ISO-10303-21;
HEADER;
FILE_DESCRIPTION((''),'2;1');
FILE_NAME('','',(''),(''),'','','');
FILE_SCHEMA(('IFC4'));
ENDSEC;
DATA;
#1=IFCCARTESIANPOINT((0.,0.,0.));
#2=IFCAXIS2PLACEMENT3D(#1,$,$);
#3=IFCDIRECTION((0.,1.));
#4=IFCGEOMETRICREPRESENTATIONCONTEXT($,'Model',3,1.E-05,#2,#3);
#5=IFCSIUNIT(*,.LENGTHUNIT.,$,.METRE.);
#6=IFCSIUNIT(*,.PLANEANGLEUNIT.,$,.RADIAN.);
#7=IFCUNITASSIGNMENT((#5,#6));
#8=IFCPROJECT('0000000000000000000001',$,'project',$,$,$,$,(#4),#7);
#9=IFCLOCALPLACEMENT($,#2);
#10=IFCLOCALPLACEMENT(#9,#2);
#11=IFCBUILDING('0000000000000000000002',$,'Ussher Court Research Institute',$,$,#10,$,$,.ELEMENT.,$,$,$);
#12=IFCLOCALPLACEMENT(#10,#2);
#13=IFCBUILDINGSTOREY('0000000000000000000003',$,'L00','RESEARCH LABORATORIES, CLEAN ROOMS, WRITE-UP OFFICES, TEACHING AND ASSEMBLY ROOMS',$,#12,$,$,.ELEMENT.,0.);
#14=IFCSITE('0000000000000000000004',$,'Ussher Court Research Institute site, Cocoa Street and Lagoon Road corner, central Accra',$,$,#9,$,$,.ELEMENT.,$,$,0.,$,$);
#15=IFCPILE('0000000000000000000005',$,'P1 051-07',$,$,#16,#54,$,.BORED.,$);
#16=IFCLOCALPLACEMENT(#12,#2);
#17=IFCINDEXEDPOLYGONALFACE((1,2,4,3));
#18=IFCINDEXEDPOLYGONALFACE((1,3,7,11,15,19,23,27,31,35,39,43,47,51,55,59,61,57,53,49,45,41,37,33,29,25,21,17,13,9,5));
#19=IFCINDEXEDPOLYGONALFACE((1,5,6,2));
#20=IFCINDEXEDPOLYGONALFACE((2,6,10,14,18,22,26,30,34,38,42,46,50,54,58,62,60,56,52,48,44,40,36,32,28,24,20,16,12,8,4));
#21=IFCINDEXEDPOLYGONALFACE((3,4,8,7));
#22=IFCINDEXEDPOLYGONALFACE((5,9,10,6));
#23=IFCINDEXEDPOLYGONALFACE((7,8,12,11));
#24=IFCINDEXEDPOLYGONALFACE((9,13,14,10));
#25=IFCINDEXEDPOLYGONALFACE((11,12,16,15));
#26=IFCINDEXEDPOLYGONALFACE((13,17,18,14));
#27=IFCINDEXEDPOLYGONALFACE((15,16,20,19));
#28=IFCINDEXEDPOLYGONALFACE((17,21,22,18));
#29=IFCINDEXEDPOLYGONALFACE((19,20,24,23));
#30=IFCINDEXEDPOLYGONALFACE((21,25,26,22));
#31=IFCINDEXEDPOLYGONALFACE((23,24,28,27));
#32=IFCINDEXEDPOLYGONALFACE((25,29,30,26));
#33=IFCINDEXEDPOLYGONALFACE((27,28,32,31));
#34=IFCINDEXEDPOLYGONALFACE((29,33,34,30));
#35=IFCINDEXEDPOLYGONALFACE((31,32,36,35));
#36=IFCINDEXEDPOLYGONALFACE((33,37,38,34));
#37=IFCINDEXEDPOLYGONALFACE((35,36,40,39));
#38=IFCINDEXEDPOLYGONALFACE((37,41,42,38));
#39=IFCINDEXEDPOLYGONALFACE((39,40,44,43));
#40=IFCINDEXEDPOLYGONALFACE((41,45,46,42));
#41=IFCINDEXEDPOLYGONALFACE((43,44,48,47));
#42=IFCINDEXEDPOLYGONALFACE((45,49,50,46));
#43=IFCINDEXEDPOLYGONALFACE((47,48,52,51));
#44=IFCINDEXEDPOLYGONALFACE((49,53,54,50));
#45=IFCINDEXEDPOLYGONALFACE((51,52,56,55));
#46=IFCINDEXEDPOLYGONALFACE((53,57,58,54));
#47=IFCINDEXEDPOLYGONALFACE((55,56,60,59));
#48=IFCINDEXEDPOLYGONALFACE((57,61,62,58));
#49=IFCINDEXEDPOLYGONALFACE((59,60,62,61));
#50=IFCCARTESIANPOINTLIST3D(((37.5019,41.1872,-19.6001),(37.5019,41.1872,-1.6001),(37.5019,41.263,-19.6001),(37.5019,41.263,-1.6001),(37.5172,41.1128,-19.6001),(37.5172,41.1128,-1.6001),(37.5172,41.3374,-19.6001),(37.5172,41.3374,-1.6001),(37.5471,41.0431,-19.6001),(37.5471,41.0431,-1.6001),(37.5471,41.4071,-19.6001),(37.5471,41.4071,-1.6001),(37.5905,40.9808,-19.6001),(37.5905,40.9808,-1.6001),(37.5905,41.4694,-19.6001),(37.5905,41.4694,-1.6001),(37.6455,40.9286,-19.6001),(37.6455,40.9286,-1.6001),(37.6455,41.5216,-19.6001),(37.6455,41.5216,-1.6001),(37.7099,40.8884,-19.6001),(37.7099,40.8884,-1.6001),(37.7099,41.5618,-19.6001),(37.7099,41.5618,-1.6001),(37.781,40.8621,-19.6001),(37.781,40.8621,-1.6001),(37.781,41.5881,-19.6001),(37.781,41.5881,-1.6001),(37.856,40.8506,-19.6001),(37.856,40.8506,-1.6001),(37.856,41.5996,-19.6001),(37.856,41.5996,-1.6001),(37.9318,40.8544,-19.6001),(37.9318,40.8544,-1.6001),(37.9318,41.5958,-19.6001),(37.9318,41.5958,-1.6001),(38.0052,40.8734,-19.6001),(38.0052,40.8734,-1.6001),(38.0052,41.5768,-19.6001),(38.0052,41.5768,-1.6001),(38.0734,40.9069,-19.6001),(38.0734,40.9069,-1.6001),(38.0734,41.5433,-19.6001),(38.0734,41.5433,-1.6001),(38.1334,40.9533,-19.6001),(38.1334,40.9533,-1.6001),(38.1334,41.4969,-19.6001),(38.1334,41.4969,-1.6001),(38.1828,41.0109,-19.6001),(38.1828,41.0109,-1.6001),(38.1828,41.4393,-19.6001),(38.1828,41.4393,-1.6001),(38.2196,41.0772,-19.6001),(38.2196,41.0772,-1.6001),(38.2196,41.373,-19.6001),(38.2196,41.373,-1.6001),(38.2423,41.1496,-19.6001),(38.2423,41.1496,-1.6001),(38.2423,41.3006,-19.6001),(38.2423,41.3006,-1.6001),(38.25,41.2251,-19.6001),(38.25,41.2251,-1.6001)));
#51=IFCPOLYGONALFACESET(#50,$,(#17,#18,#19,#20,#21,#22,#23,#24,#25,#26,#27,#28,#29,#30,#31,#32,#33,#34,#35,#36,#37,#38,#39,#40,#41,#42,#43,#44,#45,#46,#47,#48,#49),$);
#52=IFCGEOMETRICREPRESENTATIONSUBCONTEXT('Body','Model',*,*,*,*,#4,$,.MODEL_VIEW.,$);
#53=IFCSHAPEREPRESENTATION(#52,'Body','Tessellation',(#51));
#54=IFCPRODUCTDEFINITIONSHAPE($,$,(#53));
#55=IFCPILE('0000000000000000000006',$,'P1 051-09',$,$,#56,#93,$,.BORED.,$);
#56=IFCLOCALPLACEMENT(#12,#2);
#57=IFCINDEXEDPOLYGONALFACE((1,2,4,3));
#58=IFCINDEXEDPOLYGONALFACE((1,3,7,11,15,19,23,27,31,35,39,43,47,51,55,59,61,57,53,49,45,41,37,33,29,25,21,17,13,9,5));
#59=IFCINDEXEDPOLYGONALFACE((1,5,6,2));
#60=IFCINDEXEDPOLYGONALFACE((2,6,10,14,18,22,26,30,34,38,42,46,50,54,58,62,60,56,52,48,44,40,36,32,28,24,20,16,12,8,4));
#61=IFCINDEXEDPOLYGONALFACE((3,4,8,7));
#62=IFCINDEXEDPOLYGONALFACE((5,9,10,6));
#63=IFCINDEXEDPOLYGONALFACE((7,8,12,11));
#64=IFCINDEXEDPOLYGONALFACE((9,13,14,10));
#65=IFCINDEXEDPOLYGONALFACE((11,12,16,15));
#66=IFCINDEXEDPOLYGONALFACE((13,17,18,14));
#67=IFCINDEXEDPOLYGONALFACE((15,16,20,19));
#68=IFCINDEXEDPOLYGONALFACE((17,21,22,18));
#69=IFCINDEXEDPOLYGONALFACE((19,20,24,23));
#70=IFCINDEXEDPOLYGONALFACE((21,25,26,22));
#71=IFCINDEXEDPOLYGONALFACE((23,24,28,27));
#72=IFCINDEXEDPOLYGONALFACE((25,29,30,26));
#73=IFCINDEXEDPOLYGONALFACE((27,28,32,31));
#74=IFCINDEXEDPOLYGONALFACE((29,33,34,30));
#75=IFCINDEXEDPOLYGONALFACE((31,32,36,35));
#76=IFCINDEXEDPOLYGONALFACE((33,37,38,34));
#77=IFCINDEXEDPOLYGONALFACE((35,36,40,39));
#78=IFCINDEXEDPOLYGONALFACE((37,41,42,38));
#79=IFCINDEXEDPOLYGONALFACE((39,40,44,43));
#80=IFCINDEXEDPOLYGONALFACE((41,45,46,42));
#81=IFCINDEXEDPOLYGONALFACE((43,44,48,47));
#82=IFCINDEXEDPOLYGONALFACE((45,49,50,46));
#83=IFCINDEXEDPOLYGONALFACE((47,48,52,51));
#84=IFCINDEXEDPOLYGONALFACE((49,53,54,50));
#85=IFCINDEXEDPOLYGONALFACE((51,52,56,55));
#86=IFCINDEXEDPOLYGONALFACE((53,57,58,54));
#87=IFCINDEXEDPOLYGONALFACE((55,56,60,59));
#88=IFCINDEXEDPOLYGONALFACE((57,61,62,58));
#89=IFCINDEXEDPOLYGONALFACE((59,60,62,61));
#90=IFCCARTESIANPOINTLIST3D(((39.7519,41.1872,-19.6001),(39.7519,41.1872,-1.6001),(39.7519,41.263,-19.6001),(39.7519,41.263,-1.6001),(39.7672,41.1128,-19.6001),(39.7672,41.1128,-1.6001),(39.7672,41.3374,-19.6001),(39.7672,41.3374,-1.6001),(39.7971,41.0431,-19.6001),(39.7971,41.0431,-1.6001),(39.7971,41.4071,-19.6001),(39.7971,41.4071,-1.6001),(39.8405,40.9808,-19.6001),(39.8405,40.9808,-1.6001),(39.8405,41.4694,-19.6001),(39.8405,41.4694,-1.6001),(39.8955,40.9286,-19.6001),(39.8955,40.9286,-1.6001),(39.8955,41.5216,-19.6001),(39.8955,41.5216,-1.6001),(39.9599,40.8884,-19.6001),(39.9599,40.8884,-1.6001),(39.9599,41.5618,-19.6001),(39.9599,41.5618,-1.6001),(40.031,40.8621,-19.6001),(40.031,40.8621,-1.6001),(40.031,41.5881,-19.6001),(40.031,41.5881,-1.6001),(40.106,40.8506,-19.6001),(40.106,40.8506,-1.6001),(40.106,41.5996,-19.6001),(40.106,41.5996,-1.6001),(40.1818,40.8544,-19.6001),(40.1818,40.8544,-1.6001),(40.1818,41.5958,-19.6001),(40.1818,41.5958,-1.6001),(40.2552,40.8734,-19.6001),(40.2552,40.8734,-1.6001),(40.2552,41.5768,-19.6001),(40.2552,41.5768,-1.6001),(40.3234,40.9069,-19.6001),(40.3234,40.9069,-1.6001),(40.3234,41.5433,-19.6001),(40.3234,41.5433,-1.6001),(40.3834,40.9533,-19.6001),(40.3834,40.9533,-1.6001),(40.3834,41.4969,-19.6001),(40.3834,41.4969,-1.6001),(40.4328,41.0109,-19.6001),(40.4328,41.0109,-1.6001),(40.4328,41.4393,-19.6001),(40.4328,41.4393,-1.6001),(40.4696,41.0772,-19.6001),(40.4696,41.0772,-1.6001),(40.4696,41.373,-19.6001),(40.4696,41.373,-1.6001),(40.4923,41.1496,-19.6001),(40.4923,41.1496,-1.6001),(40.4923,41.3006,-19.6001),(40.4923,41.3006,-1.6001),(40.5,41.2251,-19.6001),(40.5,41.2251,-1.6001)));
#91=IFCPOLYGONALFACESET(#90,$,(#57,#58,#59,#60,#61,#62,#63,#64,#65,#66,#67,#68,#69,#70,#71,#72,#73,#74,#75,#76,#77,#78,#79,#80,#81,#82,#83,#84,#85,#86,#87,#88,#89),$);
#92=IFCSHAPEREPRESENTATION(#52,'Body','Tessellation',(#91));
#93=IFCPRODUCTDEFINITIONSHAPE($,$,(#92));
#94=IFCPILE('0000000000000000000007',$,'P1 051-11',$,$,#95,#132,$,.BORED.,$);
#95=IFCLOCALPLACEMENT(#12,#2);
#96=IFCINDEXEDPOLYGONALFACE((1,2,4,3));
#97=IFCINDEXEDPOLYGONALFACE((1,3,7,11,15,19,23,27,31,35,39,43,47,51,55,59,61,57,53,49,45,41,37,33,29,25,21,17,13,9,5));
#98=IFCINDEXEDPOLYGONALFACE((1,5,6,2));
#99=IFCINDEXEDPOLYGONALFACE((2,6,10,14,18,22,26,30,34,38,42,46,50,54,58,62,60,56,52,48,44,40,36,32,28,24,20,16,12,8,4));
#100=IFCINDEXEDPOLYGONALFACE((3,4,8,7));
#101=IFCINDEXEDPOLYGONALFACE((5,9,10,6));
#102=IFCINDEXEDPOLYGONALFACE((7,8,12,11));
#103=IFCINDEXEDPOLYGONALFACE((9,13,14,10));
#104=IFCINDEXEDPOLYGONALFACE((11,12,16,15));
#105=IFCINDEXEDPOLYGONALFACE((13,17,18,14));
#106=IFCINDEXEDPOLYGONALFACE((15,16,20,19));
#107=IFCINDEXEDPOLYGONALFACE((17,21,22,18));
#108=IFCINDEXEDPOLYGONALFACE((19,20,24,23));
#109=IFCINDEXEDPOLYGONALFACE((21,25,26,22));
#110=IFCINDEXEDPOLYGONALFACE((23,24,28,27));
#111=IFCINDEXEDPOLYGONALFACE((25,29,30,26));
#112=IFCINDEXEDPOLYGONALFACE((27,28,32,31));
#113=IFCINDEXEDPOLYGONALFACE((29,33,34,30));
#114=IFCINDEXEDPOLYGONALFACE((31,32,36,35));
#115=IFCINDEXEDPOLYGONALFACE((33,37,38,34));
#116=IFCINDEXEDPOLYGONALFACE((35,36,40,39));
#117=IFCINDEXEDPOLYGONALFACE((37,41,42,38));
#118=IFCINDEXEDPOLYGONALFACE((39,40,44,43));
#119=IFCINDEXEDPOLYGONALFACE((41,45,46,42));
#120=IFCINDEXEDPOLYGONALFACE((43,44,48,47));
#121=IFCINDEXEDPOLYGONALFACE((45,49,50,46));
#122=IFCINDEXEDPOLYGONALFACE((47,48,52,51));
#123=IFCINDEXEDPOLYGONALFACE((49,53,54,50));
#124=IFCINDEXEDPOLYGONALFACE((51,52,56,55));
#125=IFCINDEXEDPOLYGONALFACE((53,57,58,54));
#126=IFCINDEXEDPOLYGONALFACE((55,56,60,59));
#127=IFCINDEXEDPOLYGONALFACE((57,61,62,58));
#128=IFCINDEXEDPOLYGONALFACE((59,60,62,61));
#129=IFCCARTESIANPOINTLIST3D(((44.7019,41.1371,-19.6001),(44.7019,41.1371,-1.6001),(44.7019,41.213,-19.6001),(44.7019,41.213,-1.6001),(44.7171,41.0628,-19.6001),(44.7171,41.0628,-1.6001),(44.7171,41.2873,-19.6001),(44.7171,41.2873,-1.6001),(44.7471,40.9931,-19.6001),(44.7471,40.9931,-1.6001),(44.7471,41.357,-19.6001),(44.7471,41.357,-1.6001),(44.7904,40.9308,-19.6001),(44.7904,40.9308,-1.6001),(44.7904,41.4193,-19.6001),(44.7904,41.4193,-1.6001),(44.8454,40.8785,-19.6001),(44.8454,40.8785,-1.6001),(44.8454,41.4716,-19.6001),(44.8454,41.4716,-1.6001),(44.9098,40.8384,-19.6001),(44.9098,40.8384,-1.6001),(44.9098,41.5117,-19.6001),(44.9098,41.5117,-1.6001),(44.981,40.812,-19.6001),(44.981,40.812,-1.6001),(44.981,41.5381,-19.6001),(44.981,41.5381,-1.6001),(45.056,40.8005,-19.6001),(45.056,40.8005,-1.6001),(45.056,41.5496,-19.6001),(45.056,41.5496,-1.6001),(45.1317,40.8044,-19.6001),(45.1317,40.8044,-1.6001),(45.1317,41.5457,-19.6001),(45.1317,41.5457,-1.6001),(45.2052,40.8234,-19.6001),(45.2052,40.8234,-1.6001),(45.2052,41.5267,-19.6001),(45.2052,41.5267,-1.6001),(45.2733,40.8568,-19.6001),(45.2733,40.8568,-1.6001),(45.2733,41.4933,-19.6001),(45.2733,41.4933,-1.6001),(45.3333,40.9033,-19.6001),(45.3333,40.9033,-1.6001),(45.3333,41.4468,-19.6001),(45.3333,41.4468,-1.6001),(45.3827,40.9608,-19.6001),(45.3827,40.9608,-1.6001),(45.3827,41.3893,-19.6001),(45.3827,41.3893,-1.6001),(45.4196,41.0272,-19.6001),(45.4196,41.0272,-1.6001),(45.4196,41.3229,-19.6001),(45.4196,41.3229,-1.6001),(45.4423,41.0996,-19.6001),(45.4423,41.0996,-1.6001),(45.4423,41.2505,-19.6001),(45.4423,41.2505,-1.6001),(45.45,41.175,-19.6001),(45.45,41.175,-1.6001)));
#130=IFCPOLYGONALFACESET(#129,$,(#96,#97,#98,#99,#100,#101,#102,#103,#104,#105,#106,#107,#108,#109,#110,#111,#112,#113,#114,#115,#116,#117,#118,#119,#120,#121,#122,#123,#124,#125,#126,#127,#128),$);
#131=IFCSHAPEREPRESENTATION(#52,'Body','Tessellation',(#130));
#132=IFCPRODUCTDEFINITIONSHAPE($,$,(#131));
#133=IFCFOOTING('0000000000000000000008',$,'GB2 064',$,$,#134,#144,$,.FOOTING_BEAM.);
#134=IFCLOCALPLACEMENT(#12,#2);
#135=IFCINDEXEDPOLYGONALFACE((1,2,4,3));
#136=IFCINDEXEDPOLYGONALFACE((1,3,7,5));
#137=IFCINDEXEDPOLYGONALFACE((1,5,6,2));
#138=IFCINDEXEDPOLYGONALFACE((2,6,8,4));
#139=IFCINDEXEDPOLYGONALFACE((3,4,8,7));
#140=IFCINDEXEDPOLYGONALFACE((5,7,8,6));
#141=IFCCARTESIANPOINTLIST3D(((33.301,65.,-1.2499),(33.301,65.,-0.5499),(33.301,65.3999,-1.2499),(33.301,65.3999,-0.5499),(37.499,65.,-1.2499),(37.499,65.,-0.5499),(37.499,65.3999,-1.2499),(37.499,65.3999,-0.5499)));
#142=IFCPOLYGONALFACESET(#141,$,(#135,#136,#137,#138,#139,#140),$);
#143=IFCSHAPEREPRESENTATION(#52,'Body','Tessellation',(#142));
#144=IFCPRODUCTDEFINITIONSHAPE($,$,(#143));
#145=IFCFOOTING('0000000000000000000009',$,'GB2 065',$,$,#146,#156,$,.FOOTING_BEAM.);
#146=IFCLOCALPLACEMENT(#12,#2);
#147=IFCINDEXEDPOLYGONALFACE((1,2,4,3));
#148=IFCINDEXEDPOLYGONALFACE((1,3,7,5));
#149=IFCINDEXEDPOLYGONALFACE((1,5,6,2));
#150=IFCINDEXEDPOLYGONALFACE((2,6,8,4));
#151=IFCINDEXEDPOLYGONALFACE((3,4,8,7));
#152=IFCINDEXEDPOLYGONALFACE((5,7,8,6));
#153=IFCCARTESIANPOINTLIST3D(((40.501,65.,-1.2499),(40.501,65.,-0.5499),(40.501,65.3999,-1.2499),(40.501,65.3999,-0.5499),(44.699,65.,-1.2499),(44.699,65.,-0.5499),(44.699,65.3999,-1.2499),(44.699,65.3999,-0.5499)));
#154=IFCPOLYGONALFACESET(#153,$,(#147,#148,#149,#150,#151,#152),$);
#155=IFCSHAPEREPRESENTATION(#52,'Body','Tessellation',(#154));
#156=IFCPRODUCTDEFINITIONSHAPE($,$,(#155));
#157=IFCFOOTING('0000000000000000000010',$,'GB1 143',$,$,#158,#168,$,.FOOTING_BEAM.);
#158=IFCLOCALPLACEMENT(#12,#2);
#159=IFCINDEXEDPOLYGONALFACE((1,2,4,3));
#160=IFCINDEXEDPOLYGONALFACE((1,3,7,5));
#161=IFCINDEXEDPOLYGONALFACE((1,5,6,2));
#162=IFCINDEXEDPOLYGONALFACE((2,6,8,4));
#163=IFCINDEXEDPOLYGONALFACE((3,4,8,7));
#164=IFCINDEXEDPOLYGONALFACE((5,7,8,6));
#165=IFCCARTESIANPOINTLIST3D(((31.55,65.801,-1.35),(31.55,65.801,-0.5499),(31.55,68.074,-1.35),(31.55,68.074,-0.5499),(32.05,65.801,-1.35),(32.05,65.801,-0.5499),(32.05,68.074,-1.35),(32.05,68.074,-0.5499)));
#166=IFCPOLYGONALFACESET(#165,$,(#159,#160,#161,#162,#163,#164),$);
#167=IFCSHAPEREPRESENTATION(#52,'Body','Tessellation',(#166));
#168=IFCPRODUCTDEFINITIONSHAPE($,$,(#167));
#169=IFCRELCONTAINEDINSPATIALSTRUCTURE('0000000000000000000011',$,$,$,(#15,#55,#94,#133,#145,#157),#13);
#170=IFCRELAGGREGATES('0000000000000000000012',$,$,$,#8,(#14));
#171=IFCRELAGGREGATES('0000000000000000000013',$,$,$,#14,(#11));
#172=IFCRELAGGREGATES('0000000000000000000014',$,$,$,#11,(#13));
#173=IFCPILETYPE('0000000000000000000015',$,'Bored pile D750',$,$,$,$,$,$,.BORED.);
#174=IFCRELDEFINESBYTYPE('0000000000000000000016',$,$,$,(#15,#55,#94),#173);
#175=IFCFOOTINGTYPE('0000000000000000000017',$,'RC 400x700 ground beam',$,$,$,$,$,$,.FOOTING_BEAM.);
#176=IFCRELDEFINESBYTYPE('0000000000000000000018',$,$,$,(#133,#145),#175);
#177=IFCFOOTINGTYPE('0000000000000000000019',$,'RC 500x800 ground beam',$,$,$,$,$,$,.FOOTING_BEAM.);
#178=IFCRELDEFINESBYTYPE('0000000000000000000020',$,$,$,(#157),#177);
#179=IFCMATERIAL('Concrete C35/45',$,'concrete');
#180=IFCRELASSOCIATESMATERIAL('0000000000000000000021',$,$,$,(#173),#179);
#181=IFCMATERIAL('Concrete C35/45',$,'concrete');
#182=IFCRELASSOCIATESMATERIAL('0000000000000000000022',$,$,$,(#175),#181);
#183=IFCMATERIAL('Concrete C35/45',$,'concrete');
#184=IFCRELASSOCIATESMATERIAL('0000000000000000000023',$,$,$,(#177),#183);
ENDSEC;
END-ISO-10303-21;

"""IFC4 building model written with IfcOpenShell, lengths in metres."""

from ifc_helpers import new_model, si_unit, direction, frame, origin, origin_2d, place, context, subcontext, project, spatial, rectangle, circle, extrude, material, material_profile, profile_set, type_object, element, save


model = new_model("IFC4")

# Units and contexts
model_context = context("Model", 3, precision=1e-05, world=origin(), true_north=direction((0.0, 1.0)))
body_context = subcontext(model_context, "Body", "Model", "MODEL_VIEW")
ifc_project = project(units=[si_unit("LENGTHUNIT", "METRE"), si_unit("PLANEANGLEUNIT", "RADIAN")], contexts=[model_context])

# Site, building, storey
site_placement = place(None, origin())
site = spatial("IfcSite", under=ifc_project, at=site_placement, Name="Ussher Court Research Institute site, Cocoa Street and Lagoon Road corner, central Accra", CompositionType="ELEMENT", RefElevation=0.0)
building_placement = place(site_placement, origin())
building = spatial("IfcBuilding", under=site, at=building_placement, Name="Ussher Court Research Institute", CompositionType="ELEMENT")
storey_placement = place(building_placement, origin())
storey = spatial("IfcBuildingStorey", under=building, at=storey_placement, Name="L00", Description="RESEARCH LABORATORIES, CLEAN ROOMS, WRITE-UP OFFICES, TEACHING AND ASSEMBLY ROOMS", CompositionType="ELEMENT", Elevation=0.0)

# Piles
ifc_material_1 = material(Name="Concrete C35/45", Category="concrete")
ifc_material_profile_1 = material_profile(ifc_material_1, circle(Radius=0.375, at=origin_2d()), Name="RC D750")
ifc_profile_set_1 = profile_set([ifc_material_profile_1], Name="Concrete C35/45")
pile_type_1 = type_object("IfcPileType", Name="Bored pile D750", PredefinedType="BORED", material=ifc_profile_set_1)
for number, where, z_axis, x_axis, name in (
    (1, (37.875, 41.2251, -1.6001), (0.0, 0.0, -1.0), (1.0, 0.0, 0.0), "P1 051-07"),
    (2, (40.125, 41.2251, -1.6001), (0.0, 0.0, -1.0), (1.0, 0.0, 0.0), "P1 051-09"),
    (3, (45.075, 41.175, -1.6001), (0.0, 0.0, -1.0), (1.0, 0.0, 0.0), "P1 051-11"),
):
    element("IfcPile", number, at=place(storey_placement, frame(where, z_axis=z_axis, x_axis=x_axis)), inside=storey, type_object=pile_type_1, Name=name, PredefinedType="BORED", context=body_context, shape_type="SweptSolid", body=[
        extrude(circle(Radius=0.375, at=origin_2d()), origin(), (0.0, 0.0, 1.0), 18.0),
    ])

# Footings
ifc_material_2 = material(Name="Concrete C35/45", Category="concrete")
ifc_material_profile_2 = material_profile(ifc_material_2, rectangle(XDim=0.3999, YDim=0.7, at=origin_2d()), Name="RC 400x700")
ifc_profile_set_2 = profile_set([ifc_material_profile_2], Name="Concrete C35/45")
footing_type_1 = type_object("IfcFootingType", Name="RC 400x700 ground beam", PredefinedType="FOOTING_BEAM", material=ifc_profile_set_2)
for number, where, z_axis, x_axis, name in (
    (4, (33.301, 65.2, -0.8999), (1.0, 0.0, 0.0), (0.0, 1.0, 0.0), "GB2 064"),
    (5, (40.501, 65.2, -0.8999), (1.0, 0.0, 0.0), (0.0, 1.0, 0.0), "GB2 065"),
):
    element("IfcFooting", number, at=place(storey_placement, frame(where, z_axis=z_axis, x_axis=x_axis)), inside=storey, type_object=footing_type_1, Name=name, PredefinedType="FOOTING_BEAM", context=body_context, shape_type="SweptSolid", body=[
        extrude(rectangle(XDim=0.3999, YDim=0.7, at=origin_2d()), origin(), (0.0, 0.0, 1.0), 4.198),
    ])
ifc_material_3 = material(Name="Concrete C35/45", Category="concrete")
ifc_material_profile_3 = material_profile(ifc_material_3, rectangle(XDim=0.5, YDim=0.8, at=origin_2d()), Name="RC 500x800")
ifc_profile_set_3 = profile_set([ifc_material_profile_3], Name="Concrete C35/45")
footing_type_2 = type_object("IfcFootingType", Name="RC 500x800 ground beam", PredefinedType="FOOTING_BEAM", material=ifc_profile_set_3)
footing_placement = place(storey_placement, frame((31.8, 65.801, -0.95), z_axis=(0.0, 1.0, 0.0), x_axis=(-1.0, 0.0, 0.0)))
element("IfcFooting", 6, at=footing_placement, inside=storey, type_object=footing_type_2, Name="GB1 143", PredefinedType="FOOTING_BEAM", context=body_context, shape_type="SweptSolid", body=[
    extrude(rectangle(XDim=0.5, YDim=0.8, at=origin_2d()), origin(), (0.0, 0.0, 1.0), 2.2729),
])

save(model, "model.ifc")
